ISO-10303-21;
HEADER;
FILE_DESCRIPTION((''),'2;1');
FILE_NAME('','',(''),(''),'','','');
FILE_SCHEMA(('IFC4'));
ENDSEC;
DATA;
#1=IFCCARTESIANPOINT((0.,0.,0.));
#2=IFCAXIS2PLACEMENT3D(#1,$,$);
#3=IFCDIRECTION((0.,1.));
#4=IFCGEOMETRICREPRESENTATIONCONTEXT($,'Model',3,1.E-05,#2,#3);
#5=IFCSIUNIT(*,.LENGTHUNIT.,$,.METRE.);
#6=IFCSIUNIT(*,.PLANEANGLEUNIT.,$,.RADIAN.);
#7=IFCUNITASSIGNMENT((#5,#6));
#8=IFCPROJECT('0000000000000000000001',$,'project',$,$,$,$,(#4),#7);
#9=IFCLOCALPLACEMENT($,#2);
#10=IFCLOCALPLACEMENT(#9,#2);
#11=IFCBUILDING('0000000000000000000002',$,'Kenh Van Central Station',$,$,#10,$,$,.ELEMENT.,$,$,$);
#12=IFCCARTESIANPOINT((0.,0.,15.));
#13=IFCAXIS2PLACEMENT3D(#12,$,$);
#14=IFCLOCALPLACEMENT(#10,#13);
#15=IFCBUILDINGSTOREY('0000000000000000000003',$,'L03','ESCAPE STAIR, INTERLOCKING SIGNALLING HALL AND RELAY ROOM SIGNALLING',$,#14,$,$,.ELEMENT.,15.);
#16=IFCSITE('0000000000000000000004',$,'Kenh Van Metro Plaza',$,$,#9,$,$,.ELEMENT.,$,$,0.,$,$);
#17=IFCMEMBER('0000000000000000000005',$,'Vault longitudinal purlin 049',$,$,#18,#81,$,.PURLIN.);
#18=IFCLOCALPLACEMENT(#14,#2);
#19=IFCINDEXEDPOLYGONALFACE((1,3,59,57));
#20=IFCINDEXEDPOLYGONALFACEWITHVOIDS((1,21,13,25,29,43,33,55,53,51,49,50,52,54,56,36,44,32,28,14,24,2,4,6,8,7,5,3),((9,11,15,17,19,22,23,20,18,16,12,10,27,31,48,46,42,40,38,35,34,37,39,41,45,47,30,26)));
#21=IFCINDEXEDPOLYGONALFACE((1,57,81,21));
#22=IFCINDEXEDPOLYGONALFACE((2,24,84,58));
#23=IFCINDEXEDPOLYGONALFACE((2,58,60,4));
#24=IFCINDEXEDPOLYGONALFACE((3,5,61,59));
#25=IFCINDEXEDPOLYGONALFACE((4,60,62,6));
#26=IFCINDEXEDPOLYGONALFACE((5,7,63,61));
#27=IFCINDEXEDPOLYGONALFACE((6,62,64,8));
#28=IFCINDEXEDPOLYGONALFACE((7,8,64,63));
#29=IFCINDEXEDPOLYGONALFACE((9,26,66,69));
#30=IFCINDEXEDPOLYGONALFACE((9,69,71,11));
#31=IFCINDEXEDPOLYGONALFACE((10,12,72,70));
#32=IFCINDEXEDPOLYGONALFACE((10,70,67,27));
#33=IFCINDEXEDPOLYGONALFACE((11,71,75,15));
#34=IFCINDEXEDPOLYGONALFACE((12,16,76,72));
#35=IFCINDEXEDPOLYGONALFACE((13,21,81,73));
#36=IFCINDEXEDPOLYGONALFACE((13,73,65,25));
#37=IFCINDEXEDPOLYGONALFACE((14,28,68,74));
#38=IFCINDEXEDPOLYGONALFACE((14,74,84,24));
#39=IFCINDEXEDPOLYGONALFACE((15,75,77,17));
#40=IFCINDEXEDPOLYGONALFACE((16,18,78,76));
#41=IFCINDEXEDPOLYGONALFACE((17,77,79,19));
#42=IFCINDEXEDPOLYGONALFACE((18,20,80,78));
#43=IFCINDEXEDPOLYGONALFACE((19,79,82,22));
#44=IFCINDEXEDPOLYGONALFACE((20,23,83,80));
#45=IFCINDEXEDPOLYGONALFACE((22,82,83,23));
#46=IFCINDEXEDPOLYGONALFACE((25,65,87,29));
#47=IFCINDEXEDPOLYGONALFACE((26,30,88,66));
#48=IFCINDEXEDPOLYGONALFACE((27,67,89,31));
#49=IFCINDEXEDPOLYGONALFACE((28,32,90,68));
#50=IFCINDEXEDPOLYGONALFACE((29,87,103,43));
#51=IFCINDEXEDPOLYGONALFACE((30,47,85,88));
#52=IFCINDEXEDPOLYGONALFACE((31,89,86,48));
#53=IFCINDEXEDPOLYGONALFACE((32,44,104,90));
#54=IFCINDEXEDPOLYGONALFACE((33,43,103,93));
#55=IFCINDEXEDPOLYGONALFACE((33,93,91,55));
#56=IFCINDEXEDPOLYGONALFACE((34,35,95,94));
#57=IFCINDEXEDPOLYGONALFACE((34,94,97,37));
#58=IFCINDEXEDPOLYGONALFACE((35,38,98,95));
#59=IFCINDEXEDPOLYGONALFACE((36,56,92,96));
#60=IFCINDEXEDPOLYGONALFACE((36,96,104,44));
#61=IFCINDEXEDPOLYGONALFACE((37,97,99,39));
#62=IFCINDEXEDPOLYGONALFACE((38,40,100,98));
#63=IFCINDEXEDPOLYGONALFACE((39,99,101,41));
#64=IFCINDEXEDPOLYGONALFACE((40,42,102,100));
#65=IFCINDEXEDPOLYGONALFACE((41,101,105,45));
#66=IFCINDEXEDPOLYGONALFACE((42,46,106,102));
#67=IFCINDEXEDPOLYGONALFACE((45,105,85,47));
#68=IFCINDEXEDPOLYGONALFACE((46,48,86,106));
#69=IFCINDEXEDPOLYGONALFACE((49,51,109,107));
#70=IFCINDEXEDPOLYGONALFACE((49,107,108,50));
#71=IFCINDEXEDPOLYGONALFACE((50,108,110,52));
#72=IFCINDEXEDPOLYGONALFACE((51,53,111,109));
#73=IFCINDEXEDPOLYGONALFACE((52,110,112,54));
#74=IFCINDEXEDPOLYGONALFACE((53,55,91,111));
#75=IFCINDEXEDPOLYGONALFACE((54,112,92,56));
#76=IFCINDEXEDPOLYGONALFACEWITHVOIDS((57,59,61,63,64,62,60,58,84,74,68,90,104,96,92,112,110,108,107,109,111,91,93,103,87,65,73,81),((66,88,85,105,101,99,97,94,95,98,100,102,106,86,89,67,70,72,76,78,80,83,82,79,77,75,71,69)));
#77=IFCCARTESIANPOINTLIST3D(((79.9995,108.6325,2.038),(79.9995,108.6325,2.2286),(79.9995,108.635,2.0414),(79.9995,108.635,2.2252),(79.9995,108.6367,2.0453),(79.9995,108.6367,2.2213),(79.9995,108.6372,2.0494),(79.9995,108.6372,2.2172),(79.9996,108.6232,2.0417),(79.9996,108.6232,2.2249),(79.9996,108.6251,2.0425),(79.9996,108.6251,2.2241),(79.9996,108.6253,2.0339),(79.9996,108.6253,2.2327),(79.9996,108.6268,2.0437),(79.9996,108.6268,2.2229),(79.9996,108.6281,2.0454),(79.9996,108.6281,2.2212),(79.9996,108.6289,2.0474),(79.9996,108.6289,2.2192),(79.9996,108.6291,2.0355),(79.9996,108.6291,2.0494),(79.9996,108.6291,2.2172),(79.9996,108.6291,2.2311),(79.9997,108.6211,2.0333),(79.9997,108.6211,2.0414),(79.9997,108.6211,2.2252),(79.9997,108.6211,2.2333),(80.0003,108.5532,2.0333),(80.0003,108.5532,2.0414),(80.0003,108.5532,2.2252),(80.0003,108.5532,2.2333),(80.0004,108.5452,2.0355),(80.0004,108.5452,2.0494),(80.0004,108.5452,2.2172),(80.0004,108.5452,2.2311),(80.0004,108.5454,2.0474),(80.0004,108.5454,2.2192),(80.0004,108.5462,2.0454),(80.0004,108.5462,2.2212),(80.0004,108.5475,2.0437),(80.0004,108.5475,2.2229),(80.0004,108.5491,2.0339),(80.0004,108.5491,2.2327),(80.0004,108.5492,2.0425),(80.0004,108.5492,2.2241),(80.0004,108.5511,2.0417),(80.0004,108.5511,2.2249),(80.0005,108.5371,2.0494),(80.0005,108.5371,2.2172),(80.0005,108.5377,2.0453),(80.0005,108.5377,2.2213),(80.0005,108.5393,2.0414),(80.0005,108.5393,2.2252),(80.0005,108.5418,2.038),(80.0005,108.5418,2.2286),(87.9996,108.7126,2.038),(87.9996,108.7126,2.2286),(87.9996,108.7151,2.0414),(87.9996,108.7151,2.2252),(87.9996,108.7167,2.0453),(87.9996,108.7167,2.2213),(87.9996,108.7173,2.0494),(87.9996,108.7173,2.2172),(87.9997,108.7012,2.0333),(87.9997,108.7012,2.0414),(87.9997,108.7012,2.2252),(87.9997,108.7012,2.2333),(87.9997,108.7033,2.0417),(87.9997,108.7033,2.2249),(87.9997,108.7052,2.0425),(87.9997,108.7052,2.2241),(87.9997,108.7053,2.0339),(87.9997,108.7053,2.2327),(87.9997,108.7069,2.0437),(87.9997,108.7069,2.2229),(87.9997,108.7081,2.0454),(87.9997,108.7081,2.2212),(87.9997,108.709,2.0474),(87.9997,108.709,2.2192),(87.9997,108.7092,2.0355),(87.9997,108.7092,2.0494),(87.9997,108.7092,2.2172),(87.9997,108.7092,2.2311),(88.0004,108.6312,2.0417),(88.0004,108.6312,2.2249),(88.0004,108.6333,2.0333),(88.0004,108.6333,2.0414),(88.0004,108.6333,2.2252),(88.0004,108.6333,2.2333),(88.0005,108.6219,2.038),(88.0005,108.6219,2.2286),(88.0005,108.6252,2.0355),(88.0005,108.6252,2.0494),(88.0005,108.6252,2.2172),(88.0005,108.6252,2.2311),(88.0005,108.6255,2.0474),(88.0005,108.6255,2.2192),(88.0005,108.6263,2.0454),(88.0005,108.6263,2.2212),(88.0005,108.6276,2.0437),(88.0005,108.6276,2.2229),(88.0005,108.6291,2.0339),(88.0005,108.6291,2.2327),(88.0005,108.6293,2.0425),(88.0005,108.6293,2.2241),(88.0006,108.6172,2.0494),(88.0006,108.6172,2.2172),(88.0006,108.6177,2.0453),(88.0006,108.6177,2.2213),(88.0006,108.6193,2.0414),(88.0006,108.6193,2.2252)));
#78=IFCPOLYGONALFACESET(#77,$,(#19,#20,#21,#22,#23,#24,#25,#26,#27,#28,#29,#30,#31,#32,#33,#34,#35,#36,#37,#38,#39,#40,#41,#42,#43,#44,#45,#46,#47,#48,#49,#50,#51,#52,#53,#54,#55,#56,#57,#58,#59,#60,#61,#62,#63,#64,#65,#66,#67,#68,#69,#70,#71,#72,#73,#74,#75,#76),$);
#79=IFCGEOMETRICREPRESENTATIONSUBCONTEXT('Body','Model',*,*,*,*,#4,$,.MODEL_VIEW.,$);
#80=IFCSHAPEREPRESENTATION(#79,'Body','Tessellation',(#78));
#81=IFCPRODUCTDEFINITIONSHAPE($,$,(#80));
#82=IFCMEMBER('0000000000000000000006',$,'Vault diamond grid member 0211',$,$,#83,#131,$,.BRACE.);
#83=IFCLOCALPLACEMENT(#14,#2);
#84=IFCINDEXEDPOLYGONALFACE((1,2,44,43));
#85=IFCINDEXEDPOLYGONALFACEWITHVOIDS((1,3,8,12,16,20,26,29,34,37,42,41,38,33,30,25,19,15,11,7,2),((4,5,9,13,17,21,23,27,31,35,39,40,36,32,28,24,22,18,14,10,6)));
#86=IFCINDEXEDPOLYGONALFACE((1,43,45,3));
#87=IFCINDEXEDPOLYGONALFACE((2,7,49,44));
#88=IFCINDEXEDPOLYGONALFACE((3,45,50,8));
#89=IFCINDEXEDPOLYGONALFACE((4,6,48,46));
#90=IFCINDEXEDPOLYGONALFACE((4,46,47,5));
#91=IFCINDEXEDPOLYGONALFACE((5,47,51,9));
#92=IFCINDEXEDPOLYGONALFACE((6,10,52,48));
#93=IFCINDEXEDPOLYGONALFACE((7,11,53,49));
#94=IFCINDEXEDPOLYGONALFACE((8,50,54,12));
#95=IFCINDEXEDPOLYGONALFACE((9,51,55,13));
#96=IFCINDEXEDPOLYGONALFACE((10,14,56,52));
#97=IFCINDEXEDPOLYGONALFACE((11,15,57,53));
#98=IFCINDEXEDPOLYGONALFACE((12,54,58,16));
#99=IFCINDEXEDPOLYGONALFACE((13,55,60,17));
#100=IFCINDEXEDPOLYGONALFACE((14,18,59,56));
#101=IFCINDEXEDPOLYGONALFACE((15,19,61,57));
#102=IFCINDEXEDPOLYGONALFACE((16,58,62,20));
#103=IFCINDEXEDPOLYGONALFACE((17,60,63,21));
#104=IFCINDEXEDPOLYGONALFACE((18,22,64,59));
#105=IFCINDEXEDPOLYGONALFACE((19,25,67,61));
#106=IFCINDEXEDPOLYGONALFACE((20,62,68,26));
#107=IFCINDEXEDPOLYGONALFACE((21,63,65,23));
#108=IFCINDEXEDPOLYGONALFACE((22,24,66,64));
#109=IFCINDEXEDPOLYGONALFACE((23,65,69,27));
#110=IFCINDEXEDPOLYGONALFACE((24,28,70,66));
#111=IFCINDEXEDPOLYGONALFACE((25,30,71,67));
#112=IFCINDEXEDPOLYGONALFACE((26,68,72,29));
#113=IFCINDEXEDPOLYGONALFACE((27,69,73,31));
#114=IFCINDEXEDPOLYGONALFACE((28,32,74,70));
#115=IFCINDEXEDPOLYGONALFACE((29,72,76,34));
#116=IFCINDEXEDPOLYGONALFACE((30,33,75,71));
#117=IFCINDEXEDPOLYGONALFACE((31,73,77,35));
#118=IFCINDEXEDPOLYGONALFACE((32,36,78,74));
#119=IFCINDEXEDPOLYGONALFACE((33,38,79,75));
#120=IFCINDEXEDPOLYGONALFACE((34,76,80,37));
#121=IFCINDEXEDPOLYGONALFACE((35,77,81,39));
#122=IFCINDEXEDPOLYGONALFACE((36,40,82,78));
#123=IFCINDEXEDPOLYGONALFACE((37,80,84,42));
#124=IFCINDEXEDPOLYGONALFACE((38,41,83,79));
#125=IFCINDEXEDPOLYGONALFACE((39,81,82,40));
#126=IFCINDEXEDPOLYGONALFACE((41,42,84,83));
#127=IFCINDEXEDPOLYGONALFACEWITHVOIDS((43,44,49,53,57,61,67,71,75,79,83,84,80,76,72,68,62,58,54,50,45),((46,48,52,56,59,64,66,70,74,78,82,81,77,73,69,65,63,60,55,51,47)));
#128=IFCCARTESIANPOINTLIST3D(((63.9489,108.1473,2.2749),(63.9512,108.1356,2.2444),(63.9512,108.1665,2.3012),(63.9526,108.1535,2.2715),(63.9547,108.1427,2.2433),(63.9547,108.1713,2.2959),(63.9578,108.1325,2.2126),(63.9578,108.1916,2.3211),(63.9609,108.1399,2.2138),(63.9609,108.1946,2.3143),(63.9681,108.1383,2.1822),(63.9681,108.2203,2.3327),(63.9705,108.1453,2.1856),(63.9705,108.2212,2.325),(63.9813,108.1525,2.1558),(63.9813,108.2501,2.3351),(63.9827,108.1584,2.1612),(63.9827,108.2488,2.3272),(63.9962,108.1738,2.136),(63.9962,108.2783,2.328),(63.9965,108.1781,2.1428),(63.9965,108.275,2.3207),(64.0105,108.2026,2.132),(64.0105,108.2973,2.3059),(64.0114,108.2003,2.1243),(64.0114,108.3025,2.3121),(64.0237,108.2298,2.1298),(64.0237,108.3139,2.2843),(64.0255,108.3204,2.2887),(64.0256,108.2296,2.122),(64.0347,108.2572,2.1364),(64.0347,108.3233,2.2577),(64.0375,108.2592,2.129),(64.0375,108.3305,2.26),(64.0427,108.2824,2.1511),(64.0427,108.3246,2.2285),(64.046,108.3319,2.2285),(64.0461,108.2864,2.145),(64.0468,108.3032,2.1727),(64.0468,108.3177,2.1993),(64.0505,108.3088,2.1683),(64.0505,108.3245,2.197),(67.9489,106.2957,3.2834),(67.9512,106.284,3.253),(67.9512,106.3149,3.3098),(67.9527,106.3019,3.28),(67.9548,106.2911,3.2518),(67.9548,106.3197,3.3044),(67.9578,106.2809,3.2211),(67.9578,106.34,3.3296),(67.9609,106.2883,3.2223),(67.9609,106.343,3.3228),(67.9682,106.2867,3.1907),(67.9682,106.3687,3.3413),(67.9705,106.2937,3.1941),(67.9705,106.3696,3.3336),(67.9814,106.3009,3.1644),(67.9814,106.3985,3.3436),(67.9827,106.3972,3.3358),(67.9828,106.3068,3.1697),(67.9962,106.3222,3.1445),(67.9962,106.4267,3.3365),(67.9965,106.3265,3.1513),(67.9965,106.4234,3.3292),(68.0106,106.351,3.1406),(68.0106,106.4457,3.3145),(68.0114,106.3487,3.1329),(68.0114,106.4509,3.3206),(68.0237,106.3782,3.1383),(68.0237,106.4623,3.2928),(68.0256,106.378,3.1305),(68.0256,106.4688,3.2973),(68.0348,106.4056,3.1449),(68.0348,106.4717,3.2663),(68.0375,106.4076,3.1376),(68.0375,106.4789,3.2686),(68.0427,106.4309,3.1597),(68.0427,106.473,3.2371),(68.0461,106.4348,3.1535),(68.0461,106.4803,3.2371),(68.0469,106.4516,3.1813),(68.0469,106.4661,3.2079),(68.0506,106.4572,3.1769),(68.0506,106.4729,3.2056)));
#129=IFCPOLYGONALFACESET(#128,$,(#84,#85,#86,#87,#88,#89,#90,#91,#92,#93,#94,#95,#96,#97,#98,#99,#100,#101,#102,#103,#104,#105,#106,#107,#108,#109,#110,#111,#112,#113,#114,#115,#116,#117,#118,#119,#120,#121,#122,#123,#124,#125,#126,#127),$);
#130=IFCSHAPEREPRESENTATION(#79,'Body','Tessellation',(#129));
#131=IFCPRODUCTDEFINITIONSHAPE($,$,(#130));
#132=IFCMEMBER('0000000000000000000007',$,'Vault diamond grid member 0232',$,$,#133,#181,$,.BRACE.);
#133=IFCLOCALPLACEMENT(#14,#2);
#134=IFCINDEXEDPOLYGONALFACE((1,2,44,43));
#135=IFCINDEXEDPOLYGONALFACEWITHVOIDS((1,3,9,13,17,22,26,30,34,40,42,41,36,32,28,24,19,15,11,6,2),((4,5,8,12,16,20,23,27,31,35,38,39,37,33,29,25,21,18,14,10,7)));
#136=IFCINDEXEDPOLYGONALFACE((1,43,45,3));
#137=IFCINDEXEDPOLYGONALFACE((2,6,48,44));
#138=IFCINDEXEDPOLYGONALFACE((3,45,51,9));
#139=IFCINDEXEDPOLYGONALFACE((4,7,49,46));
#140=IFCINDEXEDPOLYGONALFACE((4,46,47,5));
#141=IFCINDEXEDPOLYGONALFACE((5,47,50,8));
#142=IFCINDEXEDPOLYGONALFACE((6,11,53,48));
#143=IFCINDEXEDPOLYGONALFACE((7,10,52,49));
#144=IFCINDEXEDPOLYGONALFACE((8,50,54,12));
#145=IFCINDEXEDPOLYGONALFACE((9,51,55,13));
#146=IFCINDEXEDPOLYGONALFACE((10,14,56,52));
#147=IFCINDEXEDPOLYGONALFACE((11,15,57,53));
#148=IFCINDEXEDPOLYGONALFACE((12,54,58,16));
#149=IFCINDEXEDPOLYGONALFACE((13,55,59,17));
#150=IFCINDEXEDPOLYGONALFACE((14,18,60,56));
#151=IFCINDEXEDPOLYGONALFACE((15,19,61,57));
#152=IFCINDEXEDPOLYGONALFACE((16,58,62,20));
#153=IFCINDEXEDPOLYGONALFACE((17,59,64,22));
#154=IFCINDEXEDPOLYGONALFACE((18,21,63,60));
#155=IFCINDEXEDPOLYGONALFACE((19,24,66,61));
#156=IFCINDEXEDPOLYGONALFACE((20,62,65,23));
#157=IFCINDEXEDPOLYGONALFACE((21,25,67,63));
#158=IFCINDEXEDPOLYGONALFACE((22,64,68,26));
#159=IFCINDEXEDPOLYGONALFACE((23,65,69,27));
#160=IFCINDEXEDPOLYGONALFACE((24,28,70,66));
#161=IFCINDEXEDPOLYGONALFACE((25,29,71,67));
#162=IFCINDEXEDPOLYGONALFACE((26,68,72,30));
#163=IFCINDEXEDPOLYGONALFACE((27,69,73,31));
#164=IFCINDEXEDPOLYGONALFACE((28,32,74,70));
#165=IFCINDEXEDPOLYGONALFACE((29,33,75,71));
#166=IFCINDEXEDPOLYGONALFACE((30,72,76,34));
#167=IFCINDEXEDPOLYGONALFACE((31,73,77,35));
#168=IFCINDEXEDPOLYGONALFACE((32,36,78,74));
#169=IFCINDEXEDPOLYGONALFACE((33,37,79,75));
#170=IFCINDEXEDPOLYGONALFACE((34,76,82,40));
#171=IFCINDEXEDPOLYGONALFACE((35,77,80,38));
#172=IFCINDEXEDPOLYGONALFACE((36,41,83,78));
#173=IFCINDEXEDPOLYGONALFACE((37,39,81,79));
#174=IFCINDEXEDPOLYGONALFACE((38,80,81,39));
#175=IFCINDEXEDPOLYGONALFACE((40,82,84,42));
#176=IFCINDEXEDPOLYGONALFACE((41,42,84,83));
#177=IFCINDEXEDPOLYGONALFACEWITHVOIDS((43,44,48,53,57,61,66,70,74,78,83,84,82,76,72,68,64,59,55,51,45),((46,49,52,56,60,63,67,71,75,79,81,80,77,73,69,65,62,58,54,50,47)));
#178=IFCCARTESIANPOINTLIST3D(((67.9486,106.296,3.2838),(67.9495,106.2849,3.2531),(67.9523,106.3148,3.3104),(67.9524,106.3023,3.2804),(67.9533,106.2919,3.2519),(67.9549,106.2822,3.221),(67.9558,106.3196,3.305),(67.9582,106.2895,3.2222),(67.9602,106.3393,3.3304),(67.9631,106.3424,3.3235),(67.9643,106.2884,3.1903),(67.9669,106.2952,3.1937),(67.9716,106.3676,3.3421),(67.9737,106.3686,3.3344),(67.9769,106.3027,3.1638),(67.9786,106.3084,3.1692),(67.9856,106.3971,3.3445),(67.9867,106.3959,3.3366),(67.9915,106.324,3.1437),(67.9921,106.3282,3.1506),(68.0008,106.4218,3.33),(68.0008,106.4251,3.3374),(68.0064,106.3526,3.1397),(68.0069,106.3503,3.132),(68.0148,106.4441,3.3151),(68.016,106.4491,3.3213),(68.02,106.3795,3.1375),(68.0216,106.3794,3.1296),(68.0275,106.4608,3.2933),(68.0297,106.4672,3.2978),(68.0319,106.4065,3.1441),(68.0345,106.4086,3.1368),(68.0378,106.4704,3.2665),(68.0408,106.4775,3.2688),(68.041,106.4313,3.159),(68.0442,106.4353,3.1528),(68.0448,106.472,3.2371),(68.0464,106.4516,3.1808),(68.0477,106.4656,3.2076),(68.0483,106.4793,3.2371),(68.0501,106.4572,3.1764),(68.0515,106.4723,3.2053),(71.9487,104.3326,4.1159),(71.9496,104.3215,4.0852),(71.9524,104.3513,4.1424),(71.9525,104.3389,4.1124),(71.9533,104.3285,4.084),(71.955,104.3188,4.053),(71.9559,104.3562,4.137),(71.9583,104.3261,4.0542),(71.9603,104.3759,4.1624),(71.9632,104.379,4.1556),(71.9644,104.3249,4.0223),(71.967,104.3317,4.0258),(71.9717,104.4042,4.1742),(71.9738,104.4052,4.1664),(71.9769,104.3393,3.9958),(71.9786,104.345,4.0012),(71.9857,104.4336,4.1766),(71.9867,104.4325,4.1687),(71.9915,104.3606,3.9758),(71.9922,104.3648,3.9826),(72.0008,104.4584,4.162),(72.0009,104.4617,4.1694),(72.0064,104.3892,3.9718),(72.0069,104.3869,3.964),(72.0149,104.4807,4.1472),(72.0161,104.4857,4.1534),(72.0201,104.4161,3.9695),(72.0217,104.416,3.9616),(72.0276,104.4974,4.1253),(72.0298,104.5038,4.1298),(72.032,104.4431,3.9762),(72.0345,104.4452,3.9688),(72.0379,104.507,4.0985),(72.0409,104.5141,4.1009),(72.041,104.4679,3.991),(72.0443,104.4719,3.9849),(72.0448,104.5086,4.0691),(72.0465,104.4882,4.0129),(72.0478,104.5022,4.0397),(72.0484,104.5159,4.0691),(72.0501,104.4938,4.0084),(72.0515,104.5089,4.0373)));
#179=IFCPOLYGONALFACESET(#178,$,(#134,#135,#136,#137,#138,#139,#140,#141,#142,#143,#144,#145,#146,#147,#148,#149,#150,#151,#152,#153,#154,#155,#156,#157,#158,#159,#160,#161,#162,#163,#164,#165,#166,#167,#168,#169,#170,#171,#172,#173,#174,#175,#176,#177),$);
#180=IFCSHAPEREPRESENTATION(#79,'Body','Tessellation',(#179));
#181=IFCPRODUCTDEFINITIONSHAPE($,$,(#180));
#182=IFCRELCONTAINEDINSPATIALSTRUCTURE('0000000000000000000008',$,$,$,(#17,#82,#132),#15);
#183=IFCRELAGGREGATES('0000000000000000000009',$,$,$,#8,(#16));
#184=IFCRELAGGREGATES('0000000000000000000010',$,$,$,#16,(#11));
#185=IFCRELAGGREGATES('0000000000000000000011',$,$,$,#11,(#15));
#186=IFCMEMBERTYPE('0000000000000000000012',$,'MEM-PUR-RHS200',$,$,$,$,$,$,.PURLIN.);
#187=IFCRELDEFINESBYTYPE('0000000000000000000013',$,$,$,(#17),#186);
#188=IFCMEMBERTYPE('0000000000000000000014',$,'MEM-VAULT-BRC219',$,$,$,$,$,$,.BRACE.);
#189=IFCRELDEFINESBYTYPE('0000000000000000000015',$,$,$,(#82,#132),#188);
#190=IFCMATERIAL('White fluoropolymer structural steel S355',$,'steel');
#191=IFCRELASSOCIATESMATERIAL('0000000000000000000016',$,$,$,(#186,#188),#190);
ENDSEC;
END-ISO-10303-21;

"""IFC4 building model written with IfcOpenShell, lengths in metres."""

from ifc_helpers import new_model, si_unit, direction, frame, origin, origin_2d, place, context, subcontext, project, spatial, hollow_rectangle, hollow_circle, extrude, material, material_profile, profile_set, type_object, element, save


model = new_model("IFC4")

# Units and contexts
model_context = context("Model", 3, precision=1e-05, world=origin(), true_north=direction((0.0, 1.0)))
body_context = subcontext(model_context, "Body", "Model", "MODEL_VIEW")
ifc_project = project(units=[si_unit("LENGTHUNIT", "METRE"), si_unit("PLANEANGLEUNIT", "RADIAN")], contexts=[model_context])

# Site, building, storey
site_placement = place(None, origin())
site = spatial("IfcSite", under=ifc_project, at=site_placement, Name="Kenh Van Metro Plaza", CompositionType="ELEMENT", RefElevation=0.0)
building_placement = place(site_placement, origin())
building = spatial("IfcBuilding", under=site, at=building_placement, Name="Kenh Van Central Station", CompositionType="ELEMENT")
storey_placement = place(building_placement, frame((0.0, 0.0, 15.0)))
storey = spatial("IfcBuildingStorey", under=building, at=storey_placement, Name="L03", Description="ESCAPE STAIR, INTERLOCKING SIGNALLING HALL AND RELAY ROOM SIGNALLING", CompositionType="ELEMENT", Elevation=15.0)

# Shared definitions
ifc_material_1 = material(Name="White fluoropolymer structural steel S355", Category="steel")

# Members
ifc_material_profile_1 = material_profile(ifc_material_1, hollow_rectangle(XDim=0.1001, YDim=0.2, WallThickness=0.0081, InnerFilletRadius=0.0081, OuterFilletRadius=0.0161, at=origin_2d()), Name="RHS 200x100x8")
ifc_profile_set_1 = profile_set([ifc_material_profile_1], Name="White fluoropolymer structural steel S355")
member_type_1 = type_object("IfcMemberType", Name="MEM-PUR-RHS200", PredefinedType="PURLIN", material=ifc_profile_set_1)
member_1_placement = place(storey_placement, frame((80.0, 108.5872, 2.1333), z_axis=(0.99995, 0.010009, 0.0), x_axis=(-0.010009, 0.99995, 0.0)))
element("IfcMember", 1, at=member_1_placement, inside=storey, type_object=member_type_1, Name="Vault longitudinal purlin 049", PredefinedType="PURLIN", context=body_context, shape_type="SweptSolid", body=[
    extrude(hollow_rectangle(XDim=0.1001, YDim=0.2, WallThickness=0.0081, InnerFilletRadius=0.0081, OuterFilletRadius=0.0161, at=origin_2d()), origin(), (0.0, 0.0, 1.0), 8.0005),
])
ifc_material_profile_2 = material_profile(ifc_material_1, hollow_circle(Radius=0.1096, WallThickness=0.0081, at=origin_2d()), Name="CHS 219.1x8")
ifc_profile_set_2 = profile_set([ifc_material_profile_2], Name="White fluoropolymer structural steel S355")
member_type_2 = type_object("IfcMemberType", Name="MEM-VAULT-BRC219", PredefinedType="BRACE", material=ifc_profile_set_2)
member_2_placement = place(storey_placement, frame((64.0, 108.2324, 2.2285), z_axis=(0.88463, -0.409487, 0.223047), x_axis=(0.42007, 0.907492, 0.0)))
element("IfcMember", 2, at=member_2_placement, inside=storey, type_object=member_type_2, Name="Vault diamond grid member 0211", PredefinedType="BRACE", context=body_context, shape_type="SweptSolid", body=[
    extrude(hollow_circle(Radius=0.1096, WallThickness=0.0081, at=origin_2d()), origin(), (0.0, 0.0, 1.0), 4.5217),
])
member_3_placement = place(storey_placement, frame((68.0, 106.3809, 3.2371), z_axis=(0.882438, -0.43314, 0.183554), x_axis=(0.440627, 0.89769, 0.0)))
element("IfcMember", 3, at=member_3_placement, inside=storey, type_object=member_type_2, Name="Vault diamond grid member 0232", PredefinedType="BRACE", context=body_context, shape_type="SweptSolid", body=[
    extrude(hollow_circle(Radius=0.1096, WallThickness=0.0081, at=origin_2d()), origin(), (0.0, 0.0, 1.0), 4.533),
])

save(model, "model.ifc")
